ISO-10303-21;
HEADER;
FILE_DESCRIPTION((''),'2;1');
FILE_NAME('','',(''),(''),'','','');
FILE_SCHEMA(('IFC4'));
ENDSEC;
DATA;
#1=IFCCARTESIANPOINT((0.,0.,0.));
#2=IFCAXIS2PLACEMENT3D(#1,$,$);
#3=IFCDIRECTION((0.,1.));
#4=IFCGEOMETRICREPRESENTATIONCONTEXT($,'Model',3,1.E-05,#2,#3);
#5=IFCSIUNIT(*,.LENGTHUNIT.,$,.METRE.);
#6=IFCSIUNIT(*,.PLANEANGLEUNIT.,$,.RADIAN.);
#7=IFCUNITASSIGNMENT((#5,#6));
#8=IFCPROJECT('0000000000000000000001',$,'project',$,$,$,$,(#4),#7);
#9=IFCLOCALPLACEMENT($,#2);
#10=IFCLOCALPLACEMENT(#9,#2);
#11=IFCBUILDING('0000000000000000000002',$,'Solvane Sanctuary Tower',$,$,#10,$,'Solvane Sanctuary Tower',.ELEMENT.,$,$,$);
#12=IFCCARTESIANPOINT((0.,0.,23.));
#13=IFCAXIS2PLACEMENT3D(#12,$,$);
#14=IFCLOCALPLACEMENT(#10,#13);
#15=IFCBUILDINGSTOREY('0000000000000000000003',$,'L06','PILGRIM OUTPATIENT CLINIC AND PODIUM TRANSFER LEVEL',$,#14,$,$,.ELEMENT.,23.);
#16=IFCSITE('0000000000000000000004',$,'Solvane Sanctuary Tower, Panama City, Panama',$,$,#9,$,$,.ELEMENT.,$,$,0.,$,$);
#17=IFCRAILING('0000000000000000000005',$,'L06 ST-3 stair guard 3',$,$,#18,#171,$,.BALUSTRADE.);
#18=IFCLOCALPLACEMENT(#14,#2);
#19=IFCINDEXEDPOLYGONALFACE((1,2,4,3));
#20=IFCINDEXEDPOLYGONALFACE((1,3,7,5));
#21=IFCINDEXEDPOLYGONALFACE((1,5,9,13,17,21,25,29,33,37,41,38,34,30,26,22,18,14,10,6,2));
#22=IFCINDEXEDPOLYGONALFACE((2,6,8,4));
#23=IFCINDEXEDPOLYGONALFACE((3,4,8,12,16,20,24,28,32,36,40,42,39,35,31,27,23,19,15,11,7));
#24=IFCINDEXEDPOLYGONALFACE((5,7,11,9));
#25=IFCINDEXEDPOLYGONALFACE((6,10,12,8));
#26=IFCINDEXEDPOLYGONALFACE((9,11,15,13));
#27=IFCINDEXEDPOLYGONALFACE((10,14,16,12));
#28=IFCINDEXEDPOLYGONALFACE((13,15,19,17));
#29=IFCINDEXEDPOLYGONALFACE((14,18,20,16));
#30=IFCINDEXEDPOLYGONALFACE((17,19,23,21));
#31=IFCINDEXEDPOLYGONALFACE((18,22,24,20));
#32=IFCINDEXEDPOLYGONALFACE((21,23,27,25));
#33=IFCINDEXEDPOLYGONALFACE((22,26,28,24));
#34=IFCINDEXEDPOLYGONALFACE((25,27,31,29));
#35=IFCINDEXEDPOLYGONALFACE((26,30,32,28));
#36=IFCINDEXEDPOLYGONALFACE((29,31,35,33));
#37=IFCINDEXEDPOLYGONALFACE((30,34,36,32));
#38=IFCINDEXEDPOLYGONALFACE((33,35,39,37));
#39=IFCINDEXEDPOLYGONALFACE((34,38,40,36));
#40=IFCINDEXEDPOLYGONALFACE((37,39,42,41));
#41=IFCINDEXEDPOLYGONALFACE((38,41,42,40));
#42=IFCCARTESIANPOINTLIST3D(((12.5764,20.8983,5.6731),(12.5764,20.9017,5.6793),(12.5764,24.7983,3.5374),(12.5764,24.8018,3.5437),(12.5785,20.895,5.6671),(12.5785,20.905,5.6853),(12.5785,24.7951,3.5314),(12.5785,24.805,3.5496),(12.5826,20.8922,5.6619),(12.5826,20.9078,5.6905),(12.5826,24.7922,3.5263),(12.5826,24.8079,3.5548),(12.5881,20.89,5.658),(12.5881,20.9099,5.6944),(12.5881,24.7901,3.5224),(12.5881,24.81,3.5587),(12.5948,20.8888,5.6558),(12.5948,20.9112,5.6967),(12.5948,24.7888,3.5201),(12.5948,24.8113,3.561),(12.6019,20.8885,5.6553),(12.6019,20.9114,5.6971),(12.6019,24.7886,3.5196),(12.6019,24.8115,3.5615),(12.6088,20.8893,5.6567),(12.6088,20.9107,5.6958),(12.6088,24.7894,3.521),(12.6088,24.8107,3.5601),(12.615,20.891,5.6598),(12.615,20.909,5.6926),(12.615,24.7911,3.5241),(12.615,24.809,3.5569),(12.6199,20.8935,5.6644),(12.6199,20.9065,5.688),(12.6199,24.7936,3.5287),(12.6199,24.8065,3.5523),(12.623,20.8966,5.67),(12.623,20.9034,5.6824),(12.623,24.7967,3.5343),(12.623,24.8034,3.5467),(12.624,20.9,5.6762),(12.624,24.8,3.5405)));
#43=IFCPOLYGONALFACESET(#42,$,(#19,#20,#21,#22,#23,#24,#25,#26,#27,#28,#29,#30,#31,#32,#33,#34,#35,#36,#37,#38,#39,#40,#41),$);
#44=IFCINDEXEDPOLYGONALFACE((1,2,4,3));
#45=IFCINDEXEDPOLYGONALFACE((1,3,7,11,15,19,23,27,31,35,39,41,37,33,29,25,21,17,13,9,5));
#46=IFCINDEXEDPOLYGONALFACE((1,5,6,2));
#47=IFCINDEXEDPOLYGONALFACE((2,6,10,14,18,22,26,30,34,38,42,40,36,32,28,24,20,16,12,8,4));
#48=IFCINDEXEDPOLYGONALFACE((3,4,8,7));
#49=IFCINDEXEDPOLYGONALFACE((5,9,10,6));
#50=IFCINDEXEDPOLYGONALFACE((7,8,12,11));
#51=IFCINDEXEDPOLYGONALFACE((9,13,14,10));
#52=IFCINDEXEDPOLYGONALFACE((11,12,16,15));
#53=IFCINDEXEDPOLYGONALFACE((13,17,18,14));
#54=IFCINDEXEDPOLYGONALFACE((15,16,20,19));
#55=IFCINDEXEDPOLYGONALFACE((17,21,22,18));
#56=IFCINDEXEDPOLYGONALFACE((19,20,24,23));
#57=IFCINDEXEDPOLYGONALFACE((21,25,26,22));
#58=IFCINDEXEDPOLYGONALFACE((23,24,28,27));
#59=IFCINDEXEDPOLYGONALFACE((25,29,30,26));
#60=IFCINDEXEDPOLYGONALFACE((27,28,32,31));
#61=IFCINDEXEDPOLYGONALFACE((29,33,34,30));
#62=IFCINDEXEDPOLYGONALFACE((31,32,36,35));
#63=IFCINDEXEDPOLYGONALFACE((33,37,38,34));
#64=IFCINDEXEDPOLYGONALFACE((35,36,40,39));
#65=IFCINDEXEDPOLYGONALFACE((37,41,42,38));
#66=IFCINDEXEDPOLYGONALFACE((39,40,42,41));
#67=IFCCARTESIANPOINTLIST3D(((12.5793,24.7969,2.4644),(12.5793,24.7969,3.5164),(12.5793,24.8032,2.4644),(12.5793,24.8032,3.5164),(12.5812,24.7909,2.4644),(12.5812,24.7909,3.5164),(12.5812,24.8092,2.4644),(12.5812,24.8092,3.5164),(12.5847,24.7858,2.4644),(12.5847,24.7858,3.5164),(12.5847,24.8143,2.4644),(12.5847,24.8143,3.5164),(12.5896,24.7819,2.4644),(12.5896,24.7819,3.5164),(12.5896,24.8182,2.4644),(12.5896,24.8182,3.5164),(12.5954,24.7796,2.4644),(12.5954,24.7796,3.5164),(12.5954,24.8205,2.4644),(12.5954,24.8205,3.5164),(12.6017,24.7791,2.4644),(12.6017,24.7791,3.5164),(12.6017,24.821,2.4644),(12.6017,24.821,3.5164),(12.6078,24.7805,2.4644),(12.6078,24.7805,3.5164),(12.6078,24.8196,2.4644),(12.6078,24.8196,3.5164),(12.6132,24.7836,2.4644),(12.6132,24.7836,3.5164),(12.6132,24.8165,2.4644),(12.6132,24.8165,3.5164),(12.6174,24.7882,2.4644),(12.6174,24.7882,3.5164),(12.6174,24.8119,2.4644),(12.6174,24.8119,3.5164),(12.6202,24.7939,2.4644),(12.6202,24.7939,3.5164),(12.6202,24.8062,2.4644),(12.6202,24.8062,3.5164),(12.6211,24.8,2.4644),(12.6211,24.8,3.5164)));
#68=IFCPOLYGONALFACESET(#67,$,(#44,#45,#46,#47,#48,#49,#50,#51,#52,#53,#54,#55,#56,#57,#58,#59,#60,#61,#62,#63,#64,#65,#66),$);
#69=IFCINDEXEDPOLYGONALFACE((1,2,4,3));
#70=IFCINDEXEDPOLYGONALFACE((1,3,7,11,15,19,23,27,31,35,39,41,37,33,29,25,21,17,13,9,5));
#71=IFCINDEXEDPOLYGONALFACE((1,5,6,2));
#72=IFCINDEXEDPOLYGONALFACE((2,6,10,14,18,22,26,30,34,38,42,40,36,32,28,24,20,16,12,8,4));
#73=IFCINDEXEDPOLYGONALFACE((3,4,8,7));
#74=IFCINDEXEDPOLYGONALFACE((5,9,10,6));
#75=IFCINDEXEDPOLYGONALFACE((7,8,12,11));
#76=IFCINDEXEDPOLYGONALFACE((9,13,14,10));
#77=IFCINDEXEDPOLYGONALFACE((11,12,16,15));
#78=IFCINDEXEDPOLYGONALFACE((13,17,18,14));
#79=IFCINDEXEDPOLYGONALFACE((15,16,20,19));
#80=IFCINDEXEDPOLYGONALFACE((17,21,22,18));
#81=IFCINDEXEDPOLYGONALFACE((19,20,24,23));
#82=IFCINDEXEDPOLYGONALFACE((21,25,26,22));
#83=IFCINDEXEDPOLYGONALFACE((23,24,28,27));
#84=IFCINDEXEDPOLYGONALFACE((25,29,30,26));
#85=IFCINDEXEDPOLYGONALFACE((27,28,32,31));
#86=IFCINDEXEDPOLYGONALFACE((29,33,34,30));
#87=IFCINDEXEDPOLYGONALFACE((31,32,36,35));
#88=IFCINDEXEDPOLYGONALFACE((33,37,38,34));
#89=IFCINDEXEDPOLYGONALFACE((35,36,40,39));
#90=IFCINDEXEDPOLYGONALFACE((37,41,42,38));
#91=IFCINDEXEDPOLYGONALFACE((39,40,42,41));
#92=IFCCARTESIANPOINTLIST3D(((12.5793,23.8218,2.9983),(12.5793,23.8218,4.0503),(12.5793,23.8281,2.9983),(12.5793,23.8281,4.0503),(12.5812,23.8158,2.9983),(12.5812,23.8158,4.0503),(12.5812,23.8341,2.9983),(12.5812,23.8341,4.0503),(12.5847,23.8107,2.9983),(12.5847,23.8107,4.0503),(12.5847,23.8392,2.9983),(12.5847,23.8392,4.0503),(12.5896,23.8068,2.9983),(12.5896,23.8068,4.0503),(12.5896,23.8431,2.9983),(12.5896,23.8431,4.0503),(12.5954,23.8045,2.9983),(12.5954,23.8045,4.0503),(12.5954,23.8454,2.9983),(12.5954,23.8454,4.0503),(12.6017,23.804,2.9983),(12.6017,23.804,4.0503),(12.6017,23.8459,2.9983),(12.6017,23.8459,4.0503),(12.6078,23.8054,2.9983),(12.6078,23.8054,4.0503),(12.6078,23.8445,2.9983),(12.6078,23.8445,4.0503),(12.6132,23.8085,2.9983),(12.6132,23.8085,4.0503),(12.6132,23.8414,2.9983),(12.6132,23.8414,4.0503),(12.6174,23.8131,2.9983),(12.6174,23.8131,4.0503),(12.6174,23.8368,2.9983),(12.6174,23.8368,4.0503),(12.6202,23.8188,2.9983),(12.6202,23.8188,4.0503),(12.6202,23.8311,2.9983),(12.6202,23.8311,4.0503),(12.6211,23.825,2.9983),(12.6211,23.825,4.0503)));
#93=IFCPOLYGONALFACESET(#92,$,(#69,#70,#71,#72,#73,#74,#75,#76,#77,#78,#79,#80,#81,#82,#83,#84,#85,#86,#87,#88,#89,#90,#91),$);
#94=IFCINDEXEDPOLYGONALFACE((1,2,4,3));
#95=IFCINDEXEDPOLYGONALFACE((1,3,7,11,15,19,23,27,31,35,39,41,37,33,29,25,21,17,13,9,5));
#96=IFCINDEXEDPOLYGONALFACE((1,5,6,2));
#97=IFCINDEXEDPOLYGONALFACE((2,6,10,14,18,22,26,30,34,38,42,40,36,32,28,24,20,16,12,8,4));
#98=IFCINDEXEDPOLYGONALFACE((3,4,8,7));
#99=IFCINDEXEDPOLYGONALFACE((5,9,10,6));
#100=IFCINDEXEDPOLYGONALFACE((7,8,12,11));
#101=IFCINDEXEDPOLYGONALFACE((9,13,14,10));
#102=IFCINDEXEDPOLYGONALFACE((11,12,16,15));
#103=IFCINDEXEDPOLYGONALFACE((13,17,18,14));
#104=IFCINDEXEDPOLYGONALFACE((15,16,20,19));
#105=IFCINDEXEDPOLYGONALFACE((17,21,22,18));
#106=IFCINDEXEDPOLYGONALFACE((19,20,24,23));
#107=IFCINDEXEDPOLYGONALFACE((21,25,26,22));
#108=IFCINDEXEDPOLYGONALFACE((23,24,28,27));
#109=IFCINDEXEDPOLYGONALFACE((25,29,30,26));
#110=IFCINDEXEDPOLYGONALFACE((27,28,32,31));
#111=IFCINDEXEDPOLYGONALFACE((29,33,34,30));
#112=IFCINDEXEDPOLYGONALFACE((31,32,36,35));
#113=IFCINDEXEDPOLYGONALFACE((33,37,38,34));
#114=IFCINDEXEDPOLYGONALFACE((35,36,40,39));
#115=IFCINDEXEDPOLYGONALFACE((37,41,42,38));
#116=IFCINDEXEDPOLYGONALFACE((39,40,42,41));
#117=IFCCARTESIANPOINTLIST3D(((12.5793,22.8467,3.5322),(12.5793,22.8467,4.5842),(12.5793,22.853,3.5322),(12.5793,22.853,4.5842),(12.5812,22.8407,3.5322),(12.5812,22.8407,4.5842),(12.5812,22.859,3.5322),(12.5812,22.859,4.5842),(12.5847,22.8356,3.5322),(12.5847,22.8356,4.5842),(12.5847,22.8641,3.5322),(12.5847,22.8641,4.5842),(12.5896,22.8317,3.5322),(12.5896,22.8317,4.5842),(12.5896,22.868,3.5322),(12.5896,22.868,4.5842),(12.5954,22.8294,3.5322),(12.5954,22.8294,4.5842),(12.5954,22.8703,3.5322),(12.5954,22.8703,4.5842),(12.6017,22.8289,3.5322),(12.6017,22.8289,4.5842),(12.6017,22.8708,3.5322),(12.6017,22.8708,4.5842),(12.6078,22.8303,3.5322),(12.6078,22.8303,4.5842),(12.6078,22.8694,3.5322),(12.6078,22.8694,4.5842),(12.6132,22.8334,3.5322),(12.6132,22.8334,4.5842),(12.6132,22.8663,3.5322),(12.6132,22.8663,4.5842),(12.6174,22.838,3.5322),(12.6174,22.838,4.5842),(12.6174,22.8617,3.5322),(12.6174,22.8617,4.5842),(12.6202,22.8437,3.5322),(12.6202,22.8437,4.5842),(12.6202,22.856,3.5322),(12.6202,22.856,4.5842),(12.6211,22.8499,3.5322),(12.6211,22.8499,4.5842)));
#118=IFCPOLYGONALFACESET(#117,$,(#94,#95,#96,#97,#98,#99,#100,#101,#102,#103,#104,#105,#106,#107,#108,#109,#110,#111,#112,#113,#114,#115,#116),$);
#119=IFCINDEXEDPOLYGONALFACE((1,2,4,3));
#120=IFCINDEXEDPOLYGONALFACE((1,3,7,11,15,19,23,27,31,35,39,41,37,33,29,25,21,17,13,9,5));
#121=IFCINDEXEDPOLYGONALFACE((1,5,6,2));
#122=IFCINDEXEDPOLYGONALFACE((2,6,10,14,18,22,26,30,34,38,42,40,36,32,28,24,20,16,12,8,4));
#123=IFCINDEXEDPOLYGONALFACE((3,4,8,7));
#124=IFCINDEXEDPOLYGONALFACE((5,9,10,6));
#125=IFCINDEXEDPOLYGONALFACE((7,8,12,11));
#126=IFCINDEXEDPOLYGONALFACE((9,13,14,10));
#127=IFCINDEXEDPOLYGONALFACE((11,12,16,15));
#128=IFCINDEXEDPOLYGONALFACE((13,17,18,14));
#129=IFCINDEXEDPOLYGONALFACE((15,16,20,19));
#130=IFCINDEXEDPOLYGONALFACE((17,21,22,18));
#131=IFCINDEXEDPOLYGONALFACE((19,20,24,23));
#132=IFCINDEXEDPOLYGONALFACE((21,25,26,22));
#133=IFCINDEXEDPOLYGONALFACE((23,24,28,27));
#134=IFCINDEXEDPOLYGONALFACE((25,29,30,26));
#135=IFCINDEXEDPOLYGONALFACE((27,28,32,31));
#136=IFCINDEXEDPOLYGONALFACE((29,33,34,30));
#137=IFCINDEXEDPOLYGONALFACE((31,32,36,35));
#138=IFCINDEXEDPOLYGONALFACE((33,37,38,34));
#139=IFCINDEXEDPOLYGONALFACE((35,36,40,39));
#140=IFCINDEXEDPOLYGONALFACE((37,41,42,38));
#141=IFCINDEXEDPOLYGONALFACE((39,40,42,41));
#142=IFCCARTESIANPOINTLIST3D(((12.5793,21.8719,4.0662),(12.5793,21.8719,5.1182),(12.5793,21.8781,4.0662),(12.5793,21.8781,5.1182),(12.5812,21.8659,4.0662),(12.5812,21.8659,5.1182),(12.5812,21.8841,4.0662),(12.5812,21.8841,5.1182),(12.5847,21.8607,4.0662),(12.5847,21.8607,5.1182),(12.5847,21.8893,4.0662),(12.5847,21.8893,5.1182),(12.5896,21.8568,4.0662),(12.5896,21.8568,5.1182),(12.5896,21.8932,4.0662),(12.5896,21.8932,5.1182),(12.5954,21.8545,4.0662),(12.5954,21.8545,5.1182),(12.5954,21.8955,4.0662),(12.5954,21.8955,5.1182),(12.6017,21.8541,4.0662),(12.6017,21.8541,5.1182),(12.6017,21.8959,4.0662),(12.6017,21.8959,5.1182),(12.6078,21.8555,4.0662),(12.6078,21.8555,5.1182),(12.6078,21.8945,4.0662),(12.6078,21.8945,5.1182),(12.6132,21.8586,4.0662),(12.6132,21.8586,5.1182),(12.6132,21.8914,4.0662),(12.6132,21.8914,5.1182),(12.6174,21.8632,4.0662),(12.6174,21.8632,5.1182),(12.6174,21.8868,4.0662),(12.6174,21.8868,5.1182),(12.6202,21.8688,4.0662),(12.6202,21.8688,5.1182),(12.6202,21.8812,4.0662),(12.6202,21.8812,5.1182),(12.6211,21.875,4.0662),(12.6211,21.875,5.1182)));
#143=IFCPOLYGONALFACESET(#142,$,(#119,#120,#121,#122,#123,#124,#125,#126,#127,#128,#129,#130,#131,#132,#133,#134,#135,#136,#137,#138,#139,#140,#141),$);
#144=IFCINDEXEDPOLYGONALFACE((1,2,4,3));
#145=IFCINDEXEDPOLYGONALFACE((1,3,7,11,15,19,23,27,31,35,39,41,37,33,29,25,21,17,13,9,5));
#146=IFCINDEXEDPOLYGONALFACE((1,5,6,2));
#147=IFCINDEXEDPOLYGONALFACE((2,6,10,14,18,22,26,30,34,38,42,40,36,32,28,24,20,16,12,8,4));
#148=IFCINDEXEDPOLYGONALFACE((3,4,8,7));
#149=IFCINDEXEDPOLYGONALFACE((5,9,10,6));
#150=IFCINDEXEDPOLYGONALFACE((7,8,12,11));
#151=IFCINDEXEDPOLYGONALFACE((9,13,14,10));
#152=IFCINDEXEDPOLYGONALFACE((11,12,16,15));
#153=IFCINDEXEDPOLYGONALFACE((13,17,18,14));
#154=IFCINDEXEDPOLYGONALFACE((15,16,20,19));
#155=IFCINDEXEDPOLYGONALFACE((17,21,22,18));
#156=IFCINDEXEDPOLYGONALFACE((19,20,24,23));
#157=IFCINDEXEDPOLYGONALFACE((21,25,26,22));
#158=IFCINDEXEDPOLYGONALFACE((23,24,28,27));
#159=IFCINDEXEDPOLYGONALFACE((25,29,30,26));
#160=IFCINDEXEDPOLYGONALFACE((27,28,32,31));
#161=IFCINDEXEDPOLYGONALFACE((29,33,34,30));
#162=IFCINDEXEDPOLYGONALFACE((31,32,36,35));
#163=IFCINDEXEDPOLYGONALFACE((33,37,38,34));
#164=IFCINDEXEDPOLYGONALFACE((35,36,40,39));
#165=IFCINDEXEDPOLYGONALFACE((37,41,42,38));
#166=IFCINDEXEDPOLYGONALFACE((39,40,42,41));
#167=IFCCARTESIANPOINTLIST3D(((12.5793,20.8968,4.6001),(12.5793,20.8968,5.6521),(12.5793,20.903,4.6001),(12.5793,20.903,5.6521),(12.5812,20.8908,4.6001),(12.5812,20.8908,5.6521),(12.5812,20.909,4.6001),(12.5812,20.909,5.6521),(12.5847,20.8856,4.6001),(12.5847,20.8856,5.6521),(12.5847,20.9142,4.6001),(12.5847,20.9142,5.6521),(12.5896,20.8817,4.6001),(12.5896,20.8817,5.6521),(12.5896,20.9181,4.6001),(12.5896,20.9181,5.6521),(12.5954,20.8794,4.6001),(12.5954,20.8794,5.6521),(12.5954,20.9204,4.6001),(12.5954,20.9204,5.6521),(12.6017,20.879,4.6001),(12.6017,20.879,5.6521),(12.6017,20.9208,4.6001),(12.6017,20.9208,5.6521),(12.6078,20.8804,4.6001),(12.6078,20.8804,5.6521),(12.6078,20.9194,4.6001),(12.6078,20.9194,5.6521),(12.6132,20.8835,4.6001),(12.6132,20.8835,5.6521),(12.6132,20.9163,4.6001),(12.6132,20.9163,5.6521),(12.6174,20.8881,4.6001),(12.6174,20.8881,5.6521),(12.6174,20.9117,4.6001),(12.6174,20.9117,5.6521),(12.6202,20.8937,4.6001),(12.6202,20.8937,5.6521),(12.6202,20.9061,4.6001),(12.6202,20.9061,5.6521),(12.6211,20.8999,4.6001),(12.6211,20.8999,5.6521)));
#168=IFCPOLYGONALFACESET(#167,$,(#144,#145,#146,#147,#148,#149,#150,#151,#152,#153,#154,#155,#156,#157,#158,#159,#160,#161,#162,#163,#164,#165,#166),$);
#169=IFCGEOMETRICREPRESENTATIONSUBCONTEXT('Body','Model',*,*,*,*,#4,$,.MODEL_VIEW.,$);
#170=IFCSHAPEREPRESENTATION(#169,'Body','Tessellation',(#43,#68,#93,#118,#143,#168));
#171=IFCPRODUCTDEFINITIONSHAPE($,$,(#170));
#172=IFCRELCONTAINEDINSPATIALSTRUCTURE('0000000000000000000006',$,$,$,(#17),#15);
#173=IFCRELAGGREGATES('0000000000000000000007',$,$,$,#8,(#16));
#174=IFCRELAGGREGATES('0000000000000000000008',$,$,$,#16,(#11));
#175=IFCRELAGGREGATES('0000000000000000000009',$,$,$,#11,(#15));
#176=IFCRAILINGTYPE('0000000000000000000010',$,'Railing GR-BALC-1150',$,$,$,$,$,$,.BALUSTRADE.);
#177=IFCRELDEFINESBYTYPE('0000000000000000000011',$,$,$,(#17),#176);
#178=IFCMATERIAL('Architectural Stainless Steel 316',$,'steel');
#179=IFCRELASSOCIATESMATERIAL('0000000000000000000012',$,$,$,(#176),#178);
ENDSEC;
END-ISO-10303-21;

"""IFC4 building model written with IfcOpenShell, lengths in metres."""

from ifc_helpers import new_model, si_unit, direction, frame, origin, origin_2d, place, context, subcontext, project, spatial, circle, extrude, material, type_object, element, save


model = new_model("IFC4")

# Units and contexts
model_context = context("Model", 3, precision=1e-05, world=origin(), true_north=direction((0.0, 1.0)))
body_context = subcontext(model_context, "Body", "Model", "MODEL_VIEW")
ifc_project = project(units=[si_unit("LENGTHUNIT", "METRE"), si_unit("PLANEANGLEUNIT", "RADIAN")], contexts=[model_context])

# Site, building, storey
site_placement = place(None, origin())
site = spatial("IfcSite", under=ifc_project, at=site_placement, Name="Solvane Sanctuary Tower, Panama City, Panama", CompositionType="ELEMENT", RefElevation=0.0)
building_placement = place(site_placement, origin())
building = spatial("IfcBuilding", under=site, at=building_placement, Name="Solvane Sanctuary Tower", LongName="Solvane Sanctuary Tower", CompositionType="ELEMENT")
storey_placement = place(building_placement, frame((0.0, 0.0, 23.0)))
storey = spatial("IfcBuildingStorey", under=building, at=storey_placement, Name="L06", Description="PILGRIM OUTPATIENT CLINIC AND PODIUM TRANSFER LEVEL", CompositionType="ELEMENT", Elevation=23.0)

# Railing
ifc_material_1 = material(Name="Architectural Stainless Steel 316", Category="steel")
railing_type_1 = type_object("IfcRailingType", Name="Railing GR-BALC-1150", PredefinedType="BALUSTRADE", material=ifc_material_1)
railing_1_placement = place(storey_placement, frame((12.6001, 24.8, 2.4644)))
element("IfcRailing", 1, at=railing_1_placement, inside=storey, type_object=railing_type_1, Name="L06 ST-3 stair guard 3", PredefinedType="BALUSTRADE", context=body_context, shape_type="SweptSolid", body=[
    extrude(circle(Radius=0.0239, at=origin_2d()), frame((0.0, 0.0, 1.0762), z_axis=(0.0, -0.877101, 0.480306), x_axis=(1.0, 0.0, 0.0)), (0.0, 0.0, 1.0), 4.4465),
    extrude(circle(Radius=0.021, at=origin_2d()), origin(), (0.0, 0.0, 1.0), 1.052),
    extrude(circle(Radius=0.021, at=origin_2d()), frame((0.0, -0.9751, 0.5339)), (0.0, 0.0, 1.0), 1.052),
    extrude(circle(Radius=0.021, at=origin_2d()), frame((0.0, -1.9502, 1.0679)), (0.0, 0.0, 1.0), 1.052),
    extrude(circle(Radius=0.021, at=origin_2d()), frame((0.0, -2.925, 1.6018)), (0.0, 0.0, 1.0), 1.052),
    extrude(circle(Radius=0.021, at=origin_2d()), frame((0.0, -3.9001, 2.1357)), (0.0, 0.0, 1.0), 1.052),
])

save(model, "model.ifc")
